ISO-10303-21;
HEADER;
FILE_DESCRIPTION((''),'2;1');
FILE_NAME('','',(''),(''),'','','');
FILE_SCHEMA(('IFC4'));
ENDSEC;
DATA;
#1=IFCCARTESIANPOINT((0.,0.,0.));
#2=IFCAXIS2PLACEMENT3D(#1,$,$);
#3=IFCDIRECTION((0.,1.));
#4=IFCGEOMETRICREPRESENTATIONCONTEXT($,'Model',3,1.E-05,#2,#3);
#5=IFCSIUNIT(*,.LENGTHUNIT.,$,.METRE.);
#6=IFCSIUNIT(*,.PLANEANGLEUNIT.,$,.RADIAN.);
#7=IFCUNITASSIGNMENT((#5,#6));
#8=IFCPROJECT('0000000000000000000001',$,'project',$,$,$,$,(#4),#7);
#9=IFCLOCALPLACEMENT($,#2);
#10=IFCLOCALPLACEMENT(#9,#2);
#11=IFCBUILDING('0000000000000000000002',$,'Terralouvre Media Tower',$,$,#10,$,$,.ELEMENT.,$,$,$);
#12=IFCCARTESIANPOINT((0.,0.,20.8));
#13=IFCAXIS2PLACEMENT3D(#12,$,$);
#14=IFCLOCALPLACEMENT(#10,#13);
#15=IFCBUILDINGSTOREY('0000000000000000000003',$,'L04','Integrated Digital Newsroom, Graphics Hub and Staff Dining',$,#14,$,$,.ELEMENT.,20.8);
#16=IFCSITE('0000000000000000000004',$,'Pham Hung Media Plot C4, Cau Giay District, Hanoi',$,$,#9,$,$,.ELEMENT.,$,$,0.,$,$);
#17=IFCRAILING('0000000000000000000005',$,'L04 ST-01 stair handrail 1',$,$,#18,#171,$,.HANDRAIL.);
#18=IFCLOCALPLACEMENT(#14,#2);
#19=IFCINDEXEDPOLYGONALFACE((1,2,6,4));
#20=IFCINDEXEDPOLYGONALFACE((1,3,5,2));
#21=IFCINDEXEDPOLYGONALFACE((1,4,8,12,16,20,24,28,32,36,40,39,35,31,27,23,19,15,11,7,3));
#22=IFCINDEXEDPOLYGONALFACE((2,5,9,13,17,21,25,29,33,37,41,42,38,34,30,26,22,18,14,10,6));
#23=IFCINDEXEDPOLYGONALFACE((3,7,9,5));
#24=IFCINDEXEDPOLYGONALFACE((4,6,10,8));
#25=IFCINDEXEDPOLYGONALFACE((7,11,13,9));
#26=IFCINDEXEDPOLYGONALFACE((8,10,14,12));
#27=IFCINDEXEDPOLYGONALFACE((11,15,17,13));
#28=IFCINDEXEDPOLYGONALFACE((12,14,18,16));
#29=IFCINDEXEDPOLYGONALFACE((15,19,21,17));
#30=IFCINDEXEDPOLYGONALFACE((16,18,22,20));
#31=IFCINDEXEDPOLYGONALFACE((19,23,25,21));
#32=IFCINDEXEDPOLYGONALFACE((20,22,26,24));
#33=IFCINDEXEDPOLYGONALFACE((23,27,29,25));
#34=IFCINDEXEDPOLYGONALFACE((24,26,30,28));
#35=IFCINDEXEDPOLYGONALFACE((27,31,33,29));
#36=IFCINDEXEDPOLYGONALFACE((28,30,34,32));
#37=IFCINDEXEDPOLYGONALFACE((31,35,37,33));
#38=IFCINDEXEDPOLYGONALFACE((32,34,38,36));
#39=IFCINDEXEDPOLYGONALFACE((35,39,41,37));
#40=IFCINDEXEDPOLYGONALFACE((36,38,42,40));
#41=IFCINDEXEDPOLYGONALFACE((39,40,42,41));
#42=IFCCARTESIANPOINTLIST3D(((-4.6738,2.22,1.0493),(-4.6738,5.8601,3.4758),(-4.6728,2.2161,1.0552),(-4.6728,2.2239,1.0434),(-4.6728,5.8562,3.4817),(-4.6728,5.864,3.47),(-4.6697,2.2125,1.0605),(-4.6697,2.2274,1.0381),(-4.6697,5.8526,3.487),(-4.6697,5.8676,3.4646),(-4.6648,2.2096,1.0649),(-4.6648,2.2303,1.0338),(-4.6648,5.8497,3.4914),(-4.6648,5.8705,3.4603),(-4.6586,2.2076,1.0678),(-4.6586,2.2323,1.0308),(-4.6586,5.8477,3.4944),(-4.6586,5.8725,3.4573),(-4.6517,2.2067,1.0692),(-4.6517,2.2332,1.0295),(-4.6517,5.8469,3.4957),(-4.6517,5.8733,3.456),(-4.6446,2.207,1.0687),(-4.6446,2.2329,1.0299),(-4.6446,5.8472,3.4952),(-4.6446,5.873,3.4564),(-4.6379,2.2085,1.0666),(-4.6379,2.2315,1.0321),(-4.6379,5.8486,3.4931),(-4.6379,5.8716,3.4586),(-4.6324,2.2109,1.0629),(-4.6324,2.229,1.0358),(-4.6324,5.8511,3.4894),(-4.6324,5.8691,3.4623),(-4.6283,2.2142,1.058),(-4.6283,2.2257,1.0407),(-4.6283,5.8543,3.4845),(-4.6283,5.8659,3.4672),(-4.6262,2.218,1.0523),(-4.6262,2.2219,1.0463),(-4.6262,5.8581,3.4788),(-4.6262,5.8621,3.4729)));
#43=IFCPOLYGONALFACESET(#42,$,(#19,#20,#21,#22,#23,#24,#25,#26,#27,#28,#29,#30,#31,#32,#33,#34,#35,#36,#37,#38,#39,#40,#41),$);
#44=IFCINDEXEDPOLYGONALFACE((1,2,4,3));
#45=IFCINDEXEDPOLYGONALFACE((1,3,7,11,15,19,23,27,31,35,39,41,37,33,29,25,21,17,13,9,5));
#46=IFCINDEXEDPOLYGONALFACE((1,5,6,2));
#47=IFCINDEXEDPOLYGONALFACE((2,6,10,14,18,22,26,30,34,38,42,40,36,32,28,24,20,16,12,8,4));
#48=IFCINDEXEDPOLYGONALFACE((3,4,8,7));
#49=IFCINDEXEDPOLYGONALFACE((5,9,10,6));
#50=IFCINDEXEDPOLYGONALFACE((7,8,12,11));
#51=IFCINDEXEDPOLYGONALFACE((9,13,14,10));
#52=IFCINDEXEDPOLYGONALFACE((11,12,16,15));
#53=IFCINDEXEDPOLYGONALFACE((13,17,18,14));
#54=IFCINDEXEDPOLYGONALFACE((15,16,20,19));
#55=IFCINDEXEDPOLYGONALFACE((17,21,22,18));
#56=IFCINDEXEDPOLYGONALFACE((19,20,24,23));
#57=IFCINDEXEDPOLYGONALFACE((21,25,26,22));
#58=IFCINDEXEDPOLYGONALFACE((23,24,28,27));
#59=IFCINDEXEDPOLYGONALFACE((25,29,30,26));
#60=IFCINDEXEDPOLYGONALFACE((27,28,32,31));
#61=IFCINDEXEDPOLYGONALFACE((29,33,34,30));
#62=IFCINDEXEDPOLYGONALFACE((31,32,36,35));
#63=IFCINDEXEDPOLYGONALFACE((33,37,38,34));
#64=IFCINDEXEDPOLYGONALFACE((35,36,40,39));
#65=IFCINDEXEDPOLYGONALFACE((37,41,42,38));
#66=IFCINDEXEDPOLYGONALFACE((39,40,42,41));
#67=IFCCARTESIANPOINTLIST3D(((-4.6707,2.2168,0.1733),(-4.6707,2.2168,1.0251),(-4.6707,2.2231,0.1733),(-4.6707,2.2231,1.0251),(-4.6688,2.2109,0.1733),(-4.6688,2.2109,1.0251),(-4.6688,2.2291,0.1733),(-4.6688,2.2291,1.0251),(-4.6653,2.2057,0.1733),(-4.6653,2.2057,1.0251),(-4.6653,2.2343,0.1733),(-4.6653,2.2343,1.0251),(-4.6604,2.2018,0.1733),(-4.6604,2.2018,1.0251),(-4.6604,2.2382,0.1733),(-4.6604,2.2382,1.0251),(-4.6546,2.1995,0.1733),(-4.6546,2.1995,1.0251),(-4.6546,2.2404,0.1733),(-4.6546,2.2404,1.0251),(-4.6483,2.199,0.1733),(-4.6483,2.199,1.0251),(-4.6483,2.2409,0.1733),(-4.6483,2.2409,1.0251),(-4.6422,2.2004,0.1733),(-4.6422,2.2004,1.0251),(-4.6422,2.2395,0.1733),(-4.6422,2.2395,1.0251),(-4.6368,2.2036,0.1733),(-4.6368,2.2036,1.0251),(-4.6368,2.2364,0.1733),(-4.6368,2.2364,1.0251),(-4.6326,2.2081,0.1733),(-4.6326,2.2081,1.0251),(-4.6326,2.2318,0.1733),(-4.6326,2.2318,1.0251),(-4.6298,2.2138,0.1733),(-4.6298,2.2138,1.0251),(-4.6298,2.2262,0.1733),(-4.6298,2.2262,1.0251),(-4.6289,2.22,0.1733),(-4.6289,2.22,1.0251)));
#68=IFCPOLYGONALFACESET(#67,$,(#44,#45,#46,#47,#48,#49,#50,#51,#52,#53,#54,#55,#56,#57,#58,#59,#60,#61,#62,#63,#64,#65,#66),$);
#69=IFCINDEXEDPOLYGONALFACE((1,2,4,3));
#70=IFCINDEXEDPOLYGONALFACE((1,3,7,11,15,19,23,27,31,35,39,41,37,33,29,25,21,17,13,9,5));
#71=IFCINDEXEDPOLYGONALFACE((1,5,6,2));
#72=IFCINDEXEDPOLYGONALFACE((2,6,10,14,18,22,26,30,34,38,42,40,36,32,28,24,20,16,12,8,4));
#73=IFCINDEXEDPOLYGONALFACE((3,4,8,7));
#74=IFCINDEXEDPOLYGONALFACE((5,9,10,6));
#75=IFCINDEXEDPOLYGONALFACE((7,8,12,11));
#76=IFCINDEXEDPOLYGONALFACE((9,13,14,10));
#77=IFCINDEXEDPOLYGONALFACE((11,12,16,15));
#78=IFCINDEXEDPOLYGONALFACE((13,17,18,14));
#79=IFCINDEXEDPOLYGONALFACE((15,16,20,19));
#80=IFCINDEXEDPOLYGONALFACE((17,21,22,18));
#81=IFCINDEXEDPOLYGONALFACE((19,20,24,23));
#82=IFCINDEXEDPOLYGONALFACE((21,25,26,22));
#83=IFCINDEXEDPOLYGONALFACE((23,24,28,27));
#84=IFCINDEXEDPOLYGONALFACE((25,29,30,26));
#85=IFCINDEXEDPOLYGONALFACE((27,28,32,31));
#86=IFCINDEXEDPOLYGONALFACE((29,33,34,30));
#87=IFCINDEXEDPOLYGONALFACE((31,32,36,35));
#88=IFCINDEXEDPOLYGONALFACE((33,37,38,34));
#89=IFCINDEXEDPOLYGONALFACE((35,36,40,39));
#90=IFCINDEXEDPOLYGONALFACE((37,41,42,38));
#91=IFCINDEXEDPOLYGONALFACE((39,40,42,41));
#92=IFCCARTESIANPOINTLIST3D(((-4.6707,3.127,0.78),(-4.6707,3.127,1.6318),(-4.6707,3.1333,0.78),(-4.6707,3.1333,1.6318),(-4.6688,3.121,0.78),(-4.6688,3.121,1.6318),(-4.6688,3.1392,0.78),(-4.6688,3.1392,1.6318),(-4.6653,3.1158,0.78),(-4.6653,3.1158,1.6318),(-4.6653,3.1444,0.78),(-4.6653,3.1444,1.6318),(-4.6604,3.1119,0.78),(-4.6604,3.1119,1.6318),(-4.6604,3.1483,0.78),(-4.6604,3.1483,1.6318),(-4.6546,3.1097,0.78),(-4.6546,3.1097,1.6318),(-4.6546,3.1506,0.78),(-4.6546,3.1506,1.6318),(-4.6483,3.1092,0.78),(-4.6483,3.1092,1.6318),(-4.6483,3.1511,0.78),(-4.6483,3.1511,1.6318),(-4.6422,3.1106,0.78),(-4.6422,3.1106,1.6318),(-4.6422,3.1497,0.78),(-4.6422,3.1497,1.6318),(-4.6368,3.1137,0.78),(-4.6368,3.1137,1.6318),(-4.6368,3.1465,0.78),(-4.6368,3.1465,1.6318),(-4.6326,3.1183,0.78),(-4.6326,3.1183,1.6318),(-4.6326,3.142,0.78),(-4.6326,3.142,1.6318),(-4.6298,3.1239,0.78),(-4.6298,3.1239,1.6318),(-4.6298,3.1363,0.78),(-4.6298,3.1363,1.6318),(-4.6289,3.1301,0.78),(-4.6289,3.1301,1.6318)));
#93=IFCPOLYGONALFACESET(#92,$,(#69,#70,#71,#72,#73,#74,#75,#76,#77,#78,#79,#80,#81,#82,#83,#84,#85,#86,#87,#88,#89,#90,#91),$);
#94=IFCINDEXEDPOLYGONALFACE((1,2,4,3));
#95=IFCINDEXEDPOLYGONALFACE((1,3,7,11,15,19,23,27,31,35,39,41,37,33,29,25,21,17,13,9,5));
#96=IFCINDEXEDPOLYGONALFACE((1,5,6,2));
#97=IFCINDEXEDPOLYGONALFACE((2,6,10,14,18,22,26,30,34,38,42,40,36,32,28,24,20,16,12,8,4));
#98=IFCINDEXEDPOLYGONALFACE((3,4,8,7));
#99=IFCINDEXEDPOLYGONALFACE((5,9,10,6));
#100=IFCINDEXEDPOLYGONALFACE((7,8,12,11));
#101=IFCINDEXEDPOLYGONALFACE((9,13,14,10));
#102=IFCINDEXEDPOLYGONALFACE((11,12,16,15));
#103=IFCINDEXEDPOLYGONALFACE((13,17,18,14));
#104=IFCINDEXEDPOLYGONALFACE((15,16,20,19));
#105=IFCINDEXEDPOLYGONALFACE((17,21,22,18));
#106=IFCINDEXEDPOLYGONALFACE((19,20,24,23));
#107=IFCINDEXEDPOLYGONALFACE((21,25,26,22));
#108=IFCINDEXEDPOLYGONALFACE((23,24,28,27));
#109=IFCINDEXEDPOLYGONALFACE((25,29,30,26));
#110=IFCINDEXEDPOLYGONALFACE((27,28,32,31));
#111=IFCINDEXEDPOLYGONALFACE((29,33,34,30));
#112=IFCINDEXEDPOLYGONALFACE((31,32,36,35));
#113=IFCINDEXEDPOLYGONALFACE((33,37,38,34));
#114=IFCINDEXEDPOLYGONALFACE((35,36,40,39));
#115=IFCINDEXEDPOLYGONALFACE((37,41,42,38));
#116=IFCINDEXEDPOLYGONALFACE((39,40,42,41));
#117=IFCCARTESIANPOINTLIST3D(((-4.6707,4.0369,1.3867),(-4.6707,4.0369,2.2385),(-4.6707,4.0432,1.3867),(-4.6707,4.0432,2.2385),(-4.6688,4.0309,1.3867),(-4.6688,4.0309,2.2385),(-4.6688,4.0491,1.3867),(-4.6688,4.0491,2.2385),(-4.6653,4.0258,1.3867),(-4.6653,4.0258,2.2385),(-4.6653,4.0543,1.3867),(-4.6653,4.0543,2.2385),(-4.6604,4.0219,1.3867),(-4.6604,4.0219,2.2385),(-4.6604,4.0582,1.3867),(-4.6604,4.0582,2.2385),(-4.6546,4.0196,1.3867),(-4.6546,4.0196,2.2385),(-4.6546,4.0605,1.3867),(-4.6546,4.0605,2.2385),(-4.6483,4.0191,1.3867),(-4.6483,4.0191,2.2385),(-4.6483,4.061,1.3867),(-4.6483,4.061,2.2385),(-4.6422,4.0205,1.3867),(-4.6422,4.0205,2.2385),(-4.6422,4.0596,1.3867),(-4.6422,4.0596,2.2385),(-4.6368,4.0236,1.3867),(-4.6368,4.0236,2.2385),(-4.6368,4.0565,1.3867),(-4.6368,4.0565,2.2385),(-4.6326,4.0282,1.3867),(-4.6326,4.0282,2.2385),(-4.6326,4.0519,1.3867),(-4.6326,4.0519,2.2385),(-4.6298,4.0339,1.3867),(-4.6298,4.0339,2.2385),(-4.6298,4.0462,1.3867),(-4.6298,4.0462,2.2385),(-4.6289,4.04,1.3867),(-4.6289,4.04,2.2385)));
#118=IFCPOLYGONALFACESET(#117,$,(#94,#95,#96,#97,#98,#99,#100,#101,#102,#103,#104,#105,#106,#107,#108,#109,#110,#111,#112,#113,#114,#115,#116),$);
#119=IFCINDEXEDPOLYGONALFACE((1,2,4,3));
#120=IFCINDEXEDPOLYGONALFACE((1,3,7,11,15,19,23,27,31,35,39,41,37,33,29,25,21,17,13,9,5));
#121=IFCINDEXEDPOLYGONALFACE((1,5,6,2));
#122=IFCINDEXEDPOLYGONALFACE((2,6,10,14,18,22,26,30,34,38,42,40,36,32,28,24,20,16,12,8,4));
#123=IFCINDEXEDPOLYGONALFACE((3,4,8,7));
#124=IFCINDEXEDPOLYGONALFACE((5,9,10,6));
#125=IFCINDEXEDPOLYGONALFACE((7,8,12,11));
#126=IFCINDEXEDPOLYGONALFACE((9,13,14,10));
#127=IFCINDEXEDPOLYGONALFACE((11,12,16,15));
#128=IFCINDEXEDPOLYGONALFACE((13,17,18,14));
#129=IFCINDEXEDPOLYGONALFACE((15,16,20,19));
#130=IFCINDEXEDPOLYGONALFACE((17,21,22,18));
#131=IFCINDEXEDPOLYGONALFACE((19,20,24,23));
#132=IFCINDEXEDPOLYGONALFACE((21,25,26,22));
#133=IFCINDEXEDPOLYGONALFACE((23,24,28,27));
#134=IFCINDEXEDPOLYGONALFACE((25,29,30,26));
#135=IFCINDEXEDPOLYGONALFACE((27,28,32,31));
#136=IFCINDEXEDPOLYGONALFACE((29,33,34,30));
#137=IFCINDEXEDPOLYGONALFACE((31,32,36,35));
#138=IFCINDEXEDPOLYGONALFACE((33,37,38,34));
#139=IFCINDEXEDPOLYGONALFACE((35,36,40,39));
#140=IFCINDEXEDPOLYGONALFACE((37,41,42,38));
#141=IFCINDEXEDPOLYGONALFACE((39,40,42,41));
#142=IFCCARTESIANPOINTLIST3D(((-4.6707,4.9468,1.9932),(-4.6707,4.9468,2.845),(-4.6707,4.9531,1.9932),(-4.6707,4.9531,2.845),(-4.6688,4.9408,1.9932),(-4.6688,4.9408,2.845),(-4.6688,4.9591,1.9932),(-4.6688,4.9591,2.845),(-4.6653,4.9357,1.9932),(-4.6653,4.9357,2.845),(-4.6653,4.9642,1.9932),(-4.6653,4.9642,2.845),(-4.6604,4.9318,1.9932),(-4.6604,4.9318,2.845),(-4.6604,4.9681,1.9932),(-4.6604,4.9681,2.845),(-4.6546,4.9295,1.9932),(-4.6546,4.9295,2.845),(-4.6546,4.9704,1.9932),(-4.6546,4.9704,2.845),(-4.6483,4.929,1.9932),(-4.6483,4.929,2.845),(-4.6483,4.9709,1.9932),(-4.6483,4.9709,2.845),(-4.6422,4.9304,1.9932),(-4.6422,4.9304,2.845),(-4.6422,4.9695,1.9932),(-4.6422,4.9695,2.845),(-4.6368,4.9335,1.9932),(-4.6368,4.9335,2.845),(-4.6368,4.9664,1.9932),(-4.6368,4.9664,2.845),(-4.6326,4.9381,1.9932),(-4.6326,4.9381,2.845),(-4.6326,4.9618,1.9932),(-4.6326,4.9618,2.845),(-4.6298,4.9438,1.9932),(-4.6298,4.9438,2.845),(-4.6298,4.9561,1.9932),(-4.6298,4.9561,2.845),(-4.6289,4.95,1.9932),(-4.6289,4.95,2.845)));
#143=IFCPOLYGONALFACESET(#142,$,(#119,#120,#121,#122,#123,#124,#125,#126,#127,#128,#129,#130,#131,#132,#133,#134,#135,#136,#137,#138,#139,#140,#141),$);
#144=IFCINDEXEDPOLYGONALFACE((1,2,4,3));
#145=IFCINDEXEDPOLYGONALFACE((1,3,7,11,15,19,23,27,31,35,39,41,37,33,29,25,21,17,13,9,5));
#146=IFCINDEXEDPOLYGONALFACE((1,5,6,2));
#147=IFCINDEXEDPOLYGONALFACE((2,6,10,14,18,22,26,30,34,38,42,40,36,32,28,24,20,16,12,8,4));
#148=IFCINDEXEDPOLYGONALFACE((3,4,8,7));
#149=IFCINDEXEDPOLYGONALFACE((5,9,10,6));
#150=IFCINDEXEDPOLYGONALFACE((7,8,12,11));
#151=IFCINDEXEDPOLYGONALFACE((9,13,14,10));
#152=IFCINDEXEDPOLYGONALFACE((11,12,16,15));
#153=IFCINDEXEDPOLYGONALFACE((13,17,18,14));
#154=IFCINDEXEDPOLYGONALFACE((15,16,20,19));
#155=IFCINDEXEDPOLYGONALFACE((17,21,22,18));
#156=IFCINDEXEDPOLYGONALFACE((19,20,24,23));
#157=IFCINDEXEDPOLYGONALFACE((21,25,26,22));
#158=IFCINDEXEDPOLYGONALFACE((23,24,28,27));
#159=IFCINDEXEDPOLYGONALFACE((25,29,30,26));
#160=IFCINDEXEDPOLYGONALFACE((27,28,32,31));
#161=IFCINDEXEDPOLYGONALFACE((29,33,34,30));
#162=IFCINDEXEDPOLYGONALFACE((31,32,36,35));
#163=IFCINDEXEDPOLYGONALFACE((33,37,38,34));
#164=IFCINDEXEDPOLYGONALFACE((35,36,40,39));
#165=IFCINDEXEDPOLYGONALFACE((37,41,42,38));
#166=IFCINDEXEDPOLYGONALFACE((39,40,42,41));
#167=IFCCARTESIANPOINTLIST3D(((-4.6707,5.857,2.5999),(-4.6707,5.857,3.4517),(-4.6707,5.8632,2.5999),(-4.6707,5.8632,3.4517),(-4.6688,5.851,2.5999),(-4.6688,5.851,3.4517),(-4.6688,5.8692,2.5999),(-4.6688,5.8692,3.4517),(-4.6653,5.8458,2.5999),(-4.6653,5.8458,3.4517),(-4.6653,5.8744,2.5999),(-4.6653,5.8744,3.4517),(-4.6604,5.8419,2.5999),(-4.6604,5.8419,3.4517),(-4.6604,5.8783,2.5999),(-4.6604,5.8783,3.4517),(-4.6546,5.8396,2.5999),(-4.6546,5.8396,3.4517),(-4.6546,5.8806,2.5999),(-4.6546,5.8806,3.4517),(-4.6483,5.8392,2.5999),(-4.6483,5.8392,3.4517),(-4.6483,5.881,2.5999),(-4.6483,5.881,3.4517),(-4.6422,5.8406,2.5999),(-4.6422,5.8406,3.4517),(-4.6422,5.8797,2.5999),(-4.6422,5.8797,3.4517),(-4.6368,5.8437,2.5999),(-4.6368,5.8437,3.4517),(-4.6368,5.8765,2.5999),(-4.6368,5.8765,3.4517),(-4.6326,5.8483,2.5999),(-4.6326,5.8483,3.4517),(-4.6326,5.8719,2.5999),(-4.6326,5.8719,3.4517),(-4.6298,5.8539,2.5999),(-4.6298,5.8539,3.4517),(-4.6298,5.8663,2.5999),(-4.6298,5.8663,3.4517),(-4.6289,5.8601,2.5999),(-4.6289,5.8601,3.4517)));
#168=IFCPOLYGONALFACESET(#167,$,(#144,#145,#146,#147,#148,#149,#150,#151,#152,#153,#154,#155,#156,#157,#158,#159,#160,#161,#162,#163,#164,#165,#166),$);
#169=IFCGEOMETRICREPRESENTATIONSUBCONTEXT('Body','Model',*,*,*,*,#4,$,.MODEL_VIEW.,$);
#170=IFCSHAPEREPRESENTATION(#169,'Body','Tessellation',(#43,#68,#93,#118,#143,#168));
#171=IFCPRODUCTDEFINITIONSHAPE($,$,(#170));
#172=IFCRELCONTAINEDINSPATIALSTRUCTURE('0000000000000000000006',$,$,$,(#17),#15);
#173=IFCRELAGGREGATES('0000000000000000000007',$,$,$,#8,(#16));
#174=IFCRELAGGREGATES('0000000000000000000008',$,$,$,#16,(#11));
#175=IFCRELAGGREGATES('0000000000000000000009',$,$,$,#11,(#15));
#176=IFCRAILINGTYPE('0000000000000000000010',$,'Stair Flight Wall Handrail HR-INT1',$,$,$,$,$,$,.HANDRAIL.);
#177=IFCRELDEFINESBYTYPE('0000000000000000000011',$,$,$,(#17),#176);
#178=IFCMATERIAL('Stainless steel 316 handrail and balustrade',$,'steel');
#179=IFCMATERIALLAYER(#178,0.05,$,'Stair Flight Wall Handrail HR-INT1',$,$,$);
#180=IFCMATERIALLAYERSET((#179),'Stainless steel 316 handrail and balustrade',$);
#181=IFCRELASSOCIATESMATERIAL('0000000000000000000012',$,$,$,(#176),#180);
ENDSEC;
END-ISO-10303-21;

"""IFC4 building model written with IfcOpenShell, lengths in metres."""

from ifc_helpers import new_model, si_unit, direction, frame, origin, origin_2d, place, context, subcontext, project, spatial, circle, extrude, material, layer, layer_set, type_object, element, save


model = new_model("IFC4")

# Units and contexts
model_context = context("Model", 3, precision=1e-05, world=origin(), true_north=direction((0.0, 1.0)))
body_context = subcontext(model_context, "Body", "Model", "MODEL_VIEW")
ifc_project = project(units=[si_unit("LENGTHUNIT", "METRE"), si_unit("PLANEANGLEUNIT", "RADIAN")], contexts=[model_context])

# Site, building, storey
site_placement = place(None, origin())
site = spatial("IfcSite", under=ifc_project, at=site_placement, Name="Pham Hung Media Plot C4, Cau Giay District, Hanoi", CompositionType="ELEMENT", RefElevation=0.0)
building_placement = place(site_placement, origin())
building = spatial("IfcBuilding", under=site, at=building_placement, Name="Terralouvre Media Tower", CompositionType="ELEMENT")
storey_placement = place(building_placement, frame((0.0, 0.0, 20.8)))
storey = spatial("IfcBuildingStorey", under=building, at=storey_placement, Name="L04", Description="Integrated Digital Newsroom, Graphics Hub and Staff Dining", CompositionType="ELEMENT", Elevation=20.8)

# Railing
ifc_material_1 = material(Name="Stainless steel 316 handrail and balustrade", Category="steel")
ifc_layer_1 = layer(ifc_material_1, 0.05, Name="Stair Flight Wall Handrail HR-INT1")
ifc_layer_set_1 = layer_set([ifc_layer_1], Name="Stainless steel 316 handrail and balustrade")
railing_type_1 = type_object("IfcRailingType", Name="Stair Flight Wall Handrail HR-INT1", PredefinedType="HANDRAIL", material=ifc_layer_set_1)
railing_1_placement = place(storey_placement, frame((-4.6499, 2.22, 0.1733)))
element("IfcRailing", 1, at=railing_1_placement, inside=storey, type_object=railing_type_1, Name="L04 ST-01 stair handrail 1", PredefinedType="HANDRAIL", context=body_context, shape_type="SweptSolid", body=[
    extrude(circle(Radius=0.0239, at=origin_2d()), frame((0.0, 0.0, 0.876), z_axis=(0.0, 0.832076, 0.554662), x_axis=(-1.0, 0.0, 0.0)), (0.0, 0.0, 1.0), 4.3748),
    extrude(circle(Radius=0.021, at=origin_2d()), origin(), (0.0, 0.0, 1.0), 0.8518),
    extrude(circle(Radius=0.021, at=origin_2d()), frame((0.0, 0.9102, 0.6067)), (0.0, 0.0, 1.0), 0.8518),
    extrude(circle(Radius=0.021, at=origin_2d()), frame((0.0, 1.8201, 1.2134)), (0.0, 0.0, 1.0), 0.8518),
    extrude(circle(Radius=0.021, at=origin_2d()), frame((0.0, 2.73, 1.8198)), (0.0, 0.0, 1.0), 0.8518),
    extrude(circle(Radius=0.021, at=origin_2d()), frame((0.0, 3.6401, 2.4265)), (0.0, 0.0, 1.0), 0.8518),
])

save(model, "model.ifc")
